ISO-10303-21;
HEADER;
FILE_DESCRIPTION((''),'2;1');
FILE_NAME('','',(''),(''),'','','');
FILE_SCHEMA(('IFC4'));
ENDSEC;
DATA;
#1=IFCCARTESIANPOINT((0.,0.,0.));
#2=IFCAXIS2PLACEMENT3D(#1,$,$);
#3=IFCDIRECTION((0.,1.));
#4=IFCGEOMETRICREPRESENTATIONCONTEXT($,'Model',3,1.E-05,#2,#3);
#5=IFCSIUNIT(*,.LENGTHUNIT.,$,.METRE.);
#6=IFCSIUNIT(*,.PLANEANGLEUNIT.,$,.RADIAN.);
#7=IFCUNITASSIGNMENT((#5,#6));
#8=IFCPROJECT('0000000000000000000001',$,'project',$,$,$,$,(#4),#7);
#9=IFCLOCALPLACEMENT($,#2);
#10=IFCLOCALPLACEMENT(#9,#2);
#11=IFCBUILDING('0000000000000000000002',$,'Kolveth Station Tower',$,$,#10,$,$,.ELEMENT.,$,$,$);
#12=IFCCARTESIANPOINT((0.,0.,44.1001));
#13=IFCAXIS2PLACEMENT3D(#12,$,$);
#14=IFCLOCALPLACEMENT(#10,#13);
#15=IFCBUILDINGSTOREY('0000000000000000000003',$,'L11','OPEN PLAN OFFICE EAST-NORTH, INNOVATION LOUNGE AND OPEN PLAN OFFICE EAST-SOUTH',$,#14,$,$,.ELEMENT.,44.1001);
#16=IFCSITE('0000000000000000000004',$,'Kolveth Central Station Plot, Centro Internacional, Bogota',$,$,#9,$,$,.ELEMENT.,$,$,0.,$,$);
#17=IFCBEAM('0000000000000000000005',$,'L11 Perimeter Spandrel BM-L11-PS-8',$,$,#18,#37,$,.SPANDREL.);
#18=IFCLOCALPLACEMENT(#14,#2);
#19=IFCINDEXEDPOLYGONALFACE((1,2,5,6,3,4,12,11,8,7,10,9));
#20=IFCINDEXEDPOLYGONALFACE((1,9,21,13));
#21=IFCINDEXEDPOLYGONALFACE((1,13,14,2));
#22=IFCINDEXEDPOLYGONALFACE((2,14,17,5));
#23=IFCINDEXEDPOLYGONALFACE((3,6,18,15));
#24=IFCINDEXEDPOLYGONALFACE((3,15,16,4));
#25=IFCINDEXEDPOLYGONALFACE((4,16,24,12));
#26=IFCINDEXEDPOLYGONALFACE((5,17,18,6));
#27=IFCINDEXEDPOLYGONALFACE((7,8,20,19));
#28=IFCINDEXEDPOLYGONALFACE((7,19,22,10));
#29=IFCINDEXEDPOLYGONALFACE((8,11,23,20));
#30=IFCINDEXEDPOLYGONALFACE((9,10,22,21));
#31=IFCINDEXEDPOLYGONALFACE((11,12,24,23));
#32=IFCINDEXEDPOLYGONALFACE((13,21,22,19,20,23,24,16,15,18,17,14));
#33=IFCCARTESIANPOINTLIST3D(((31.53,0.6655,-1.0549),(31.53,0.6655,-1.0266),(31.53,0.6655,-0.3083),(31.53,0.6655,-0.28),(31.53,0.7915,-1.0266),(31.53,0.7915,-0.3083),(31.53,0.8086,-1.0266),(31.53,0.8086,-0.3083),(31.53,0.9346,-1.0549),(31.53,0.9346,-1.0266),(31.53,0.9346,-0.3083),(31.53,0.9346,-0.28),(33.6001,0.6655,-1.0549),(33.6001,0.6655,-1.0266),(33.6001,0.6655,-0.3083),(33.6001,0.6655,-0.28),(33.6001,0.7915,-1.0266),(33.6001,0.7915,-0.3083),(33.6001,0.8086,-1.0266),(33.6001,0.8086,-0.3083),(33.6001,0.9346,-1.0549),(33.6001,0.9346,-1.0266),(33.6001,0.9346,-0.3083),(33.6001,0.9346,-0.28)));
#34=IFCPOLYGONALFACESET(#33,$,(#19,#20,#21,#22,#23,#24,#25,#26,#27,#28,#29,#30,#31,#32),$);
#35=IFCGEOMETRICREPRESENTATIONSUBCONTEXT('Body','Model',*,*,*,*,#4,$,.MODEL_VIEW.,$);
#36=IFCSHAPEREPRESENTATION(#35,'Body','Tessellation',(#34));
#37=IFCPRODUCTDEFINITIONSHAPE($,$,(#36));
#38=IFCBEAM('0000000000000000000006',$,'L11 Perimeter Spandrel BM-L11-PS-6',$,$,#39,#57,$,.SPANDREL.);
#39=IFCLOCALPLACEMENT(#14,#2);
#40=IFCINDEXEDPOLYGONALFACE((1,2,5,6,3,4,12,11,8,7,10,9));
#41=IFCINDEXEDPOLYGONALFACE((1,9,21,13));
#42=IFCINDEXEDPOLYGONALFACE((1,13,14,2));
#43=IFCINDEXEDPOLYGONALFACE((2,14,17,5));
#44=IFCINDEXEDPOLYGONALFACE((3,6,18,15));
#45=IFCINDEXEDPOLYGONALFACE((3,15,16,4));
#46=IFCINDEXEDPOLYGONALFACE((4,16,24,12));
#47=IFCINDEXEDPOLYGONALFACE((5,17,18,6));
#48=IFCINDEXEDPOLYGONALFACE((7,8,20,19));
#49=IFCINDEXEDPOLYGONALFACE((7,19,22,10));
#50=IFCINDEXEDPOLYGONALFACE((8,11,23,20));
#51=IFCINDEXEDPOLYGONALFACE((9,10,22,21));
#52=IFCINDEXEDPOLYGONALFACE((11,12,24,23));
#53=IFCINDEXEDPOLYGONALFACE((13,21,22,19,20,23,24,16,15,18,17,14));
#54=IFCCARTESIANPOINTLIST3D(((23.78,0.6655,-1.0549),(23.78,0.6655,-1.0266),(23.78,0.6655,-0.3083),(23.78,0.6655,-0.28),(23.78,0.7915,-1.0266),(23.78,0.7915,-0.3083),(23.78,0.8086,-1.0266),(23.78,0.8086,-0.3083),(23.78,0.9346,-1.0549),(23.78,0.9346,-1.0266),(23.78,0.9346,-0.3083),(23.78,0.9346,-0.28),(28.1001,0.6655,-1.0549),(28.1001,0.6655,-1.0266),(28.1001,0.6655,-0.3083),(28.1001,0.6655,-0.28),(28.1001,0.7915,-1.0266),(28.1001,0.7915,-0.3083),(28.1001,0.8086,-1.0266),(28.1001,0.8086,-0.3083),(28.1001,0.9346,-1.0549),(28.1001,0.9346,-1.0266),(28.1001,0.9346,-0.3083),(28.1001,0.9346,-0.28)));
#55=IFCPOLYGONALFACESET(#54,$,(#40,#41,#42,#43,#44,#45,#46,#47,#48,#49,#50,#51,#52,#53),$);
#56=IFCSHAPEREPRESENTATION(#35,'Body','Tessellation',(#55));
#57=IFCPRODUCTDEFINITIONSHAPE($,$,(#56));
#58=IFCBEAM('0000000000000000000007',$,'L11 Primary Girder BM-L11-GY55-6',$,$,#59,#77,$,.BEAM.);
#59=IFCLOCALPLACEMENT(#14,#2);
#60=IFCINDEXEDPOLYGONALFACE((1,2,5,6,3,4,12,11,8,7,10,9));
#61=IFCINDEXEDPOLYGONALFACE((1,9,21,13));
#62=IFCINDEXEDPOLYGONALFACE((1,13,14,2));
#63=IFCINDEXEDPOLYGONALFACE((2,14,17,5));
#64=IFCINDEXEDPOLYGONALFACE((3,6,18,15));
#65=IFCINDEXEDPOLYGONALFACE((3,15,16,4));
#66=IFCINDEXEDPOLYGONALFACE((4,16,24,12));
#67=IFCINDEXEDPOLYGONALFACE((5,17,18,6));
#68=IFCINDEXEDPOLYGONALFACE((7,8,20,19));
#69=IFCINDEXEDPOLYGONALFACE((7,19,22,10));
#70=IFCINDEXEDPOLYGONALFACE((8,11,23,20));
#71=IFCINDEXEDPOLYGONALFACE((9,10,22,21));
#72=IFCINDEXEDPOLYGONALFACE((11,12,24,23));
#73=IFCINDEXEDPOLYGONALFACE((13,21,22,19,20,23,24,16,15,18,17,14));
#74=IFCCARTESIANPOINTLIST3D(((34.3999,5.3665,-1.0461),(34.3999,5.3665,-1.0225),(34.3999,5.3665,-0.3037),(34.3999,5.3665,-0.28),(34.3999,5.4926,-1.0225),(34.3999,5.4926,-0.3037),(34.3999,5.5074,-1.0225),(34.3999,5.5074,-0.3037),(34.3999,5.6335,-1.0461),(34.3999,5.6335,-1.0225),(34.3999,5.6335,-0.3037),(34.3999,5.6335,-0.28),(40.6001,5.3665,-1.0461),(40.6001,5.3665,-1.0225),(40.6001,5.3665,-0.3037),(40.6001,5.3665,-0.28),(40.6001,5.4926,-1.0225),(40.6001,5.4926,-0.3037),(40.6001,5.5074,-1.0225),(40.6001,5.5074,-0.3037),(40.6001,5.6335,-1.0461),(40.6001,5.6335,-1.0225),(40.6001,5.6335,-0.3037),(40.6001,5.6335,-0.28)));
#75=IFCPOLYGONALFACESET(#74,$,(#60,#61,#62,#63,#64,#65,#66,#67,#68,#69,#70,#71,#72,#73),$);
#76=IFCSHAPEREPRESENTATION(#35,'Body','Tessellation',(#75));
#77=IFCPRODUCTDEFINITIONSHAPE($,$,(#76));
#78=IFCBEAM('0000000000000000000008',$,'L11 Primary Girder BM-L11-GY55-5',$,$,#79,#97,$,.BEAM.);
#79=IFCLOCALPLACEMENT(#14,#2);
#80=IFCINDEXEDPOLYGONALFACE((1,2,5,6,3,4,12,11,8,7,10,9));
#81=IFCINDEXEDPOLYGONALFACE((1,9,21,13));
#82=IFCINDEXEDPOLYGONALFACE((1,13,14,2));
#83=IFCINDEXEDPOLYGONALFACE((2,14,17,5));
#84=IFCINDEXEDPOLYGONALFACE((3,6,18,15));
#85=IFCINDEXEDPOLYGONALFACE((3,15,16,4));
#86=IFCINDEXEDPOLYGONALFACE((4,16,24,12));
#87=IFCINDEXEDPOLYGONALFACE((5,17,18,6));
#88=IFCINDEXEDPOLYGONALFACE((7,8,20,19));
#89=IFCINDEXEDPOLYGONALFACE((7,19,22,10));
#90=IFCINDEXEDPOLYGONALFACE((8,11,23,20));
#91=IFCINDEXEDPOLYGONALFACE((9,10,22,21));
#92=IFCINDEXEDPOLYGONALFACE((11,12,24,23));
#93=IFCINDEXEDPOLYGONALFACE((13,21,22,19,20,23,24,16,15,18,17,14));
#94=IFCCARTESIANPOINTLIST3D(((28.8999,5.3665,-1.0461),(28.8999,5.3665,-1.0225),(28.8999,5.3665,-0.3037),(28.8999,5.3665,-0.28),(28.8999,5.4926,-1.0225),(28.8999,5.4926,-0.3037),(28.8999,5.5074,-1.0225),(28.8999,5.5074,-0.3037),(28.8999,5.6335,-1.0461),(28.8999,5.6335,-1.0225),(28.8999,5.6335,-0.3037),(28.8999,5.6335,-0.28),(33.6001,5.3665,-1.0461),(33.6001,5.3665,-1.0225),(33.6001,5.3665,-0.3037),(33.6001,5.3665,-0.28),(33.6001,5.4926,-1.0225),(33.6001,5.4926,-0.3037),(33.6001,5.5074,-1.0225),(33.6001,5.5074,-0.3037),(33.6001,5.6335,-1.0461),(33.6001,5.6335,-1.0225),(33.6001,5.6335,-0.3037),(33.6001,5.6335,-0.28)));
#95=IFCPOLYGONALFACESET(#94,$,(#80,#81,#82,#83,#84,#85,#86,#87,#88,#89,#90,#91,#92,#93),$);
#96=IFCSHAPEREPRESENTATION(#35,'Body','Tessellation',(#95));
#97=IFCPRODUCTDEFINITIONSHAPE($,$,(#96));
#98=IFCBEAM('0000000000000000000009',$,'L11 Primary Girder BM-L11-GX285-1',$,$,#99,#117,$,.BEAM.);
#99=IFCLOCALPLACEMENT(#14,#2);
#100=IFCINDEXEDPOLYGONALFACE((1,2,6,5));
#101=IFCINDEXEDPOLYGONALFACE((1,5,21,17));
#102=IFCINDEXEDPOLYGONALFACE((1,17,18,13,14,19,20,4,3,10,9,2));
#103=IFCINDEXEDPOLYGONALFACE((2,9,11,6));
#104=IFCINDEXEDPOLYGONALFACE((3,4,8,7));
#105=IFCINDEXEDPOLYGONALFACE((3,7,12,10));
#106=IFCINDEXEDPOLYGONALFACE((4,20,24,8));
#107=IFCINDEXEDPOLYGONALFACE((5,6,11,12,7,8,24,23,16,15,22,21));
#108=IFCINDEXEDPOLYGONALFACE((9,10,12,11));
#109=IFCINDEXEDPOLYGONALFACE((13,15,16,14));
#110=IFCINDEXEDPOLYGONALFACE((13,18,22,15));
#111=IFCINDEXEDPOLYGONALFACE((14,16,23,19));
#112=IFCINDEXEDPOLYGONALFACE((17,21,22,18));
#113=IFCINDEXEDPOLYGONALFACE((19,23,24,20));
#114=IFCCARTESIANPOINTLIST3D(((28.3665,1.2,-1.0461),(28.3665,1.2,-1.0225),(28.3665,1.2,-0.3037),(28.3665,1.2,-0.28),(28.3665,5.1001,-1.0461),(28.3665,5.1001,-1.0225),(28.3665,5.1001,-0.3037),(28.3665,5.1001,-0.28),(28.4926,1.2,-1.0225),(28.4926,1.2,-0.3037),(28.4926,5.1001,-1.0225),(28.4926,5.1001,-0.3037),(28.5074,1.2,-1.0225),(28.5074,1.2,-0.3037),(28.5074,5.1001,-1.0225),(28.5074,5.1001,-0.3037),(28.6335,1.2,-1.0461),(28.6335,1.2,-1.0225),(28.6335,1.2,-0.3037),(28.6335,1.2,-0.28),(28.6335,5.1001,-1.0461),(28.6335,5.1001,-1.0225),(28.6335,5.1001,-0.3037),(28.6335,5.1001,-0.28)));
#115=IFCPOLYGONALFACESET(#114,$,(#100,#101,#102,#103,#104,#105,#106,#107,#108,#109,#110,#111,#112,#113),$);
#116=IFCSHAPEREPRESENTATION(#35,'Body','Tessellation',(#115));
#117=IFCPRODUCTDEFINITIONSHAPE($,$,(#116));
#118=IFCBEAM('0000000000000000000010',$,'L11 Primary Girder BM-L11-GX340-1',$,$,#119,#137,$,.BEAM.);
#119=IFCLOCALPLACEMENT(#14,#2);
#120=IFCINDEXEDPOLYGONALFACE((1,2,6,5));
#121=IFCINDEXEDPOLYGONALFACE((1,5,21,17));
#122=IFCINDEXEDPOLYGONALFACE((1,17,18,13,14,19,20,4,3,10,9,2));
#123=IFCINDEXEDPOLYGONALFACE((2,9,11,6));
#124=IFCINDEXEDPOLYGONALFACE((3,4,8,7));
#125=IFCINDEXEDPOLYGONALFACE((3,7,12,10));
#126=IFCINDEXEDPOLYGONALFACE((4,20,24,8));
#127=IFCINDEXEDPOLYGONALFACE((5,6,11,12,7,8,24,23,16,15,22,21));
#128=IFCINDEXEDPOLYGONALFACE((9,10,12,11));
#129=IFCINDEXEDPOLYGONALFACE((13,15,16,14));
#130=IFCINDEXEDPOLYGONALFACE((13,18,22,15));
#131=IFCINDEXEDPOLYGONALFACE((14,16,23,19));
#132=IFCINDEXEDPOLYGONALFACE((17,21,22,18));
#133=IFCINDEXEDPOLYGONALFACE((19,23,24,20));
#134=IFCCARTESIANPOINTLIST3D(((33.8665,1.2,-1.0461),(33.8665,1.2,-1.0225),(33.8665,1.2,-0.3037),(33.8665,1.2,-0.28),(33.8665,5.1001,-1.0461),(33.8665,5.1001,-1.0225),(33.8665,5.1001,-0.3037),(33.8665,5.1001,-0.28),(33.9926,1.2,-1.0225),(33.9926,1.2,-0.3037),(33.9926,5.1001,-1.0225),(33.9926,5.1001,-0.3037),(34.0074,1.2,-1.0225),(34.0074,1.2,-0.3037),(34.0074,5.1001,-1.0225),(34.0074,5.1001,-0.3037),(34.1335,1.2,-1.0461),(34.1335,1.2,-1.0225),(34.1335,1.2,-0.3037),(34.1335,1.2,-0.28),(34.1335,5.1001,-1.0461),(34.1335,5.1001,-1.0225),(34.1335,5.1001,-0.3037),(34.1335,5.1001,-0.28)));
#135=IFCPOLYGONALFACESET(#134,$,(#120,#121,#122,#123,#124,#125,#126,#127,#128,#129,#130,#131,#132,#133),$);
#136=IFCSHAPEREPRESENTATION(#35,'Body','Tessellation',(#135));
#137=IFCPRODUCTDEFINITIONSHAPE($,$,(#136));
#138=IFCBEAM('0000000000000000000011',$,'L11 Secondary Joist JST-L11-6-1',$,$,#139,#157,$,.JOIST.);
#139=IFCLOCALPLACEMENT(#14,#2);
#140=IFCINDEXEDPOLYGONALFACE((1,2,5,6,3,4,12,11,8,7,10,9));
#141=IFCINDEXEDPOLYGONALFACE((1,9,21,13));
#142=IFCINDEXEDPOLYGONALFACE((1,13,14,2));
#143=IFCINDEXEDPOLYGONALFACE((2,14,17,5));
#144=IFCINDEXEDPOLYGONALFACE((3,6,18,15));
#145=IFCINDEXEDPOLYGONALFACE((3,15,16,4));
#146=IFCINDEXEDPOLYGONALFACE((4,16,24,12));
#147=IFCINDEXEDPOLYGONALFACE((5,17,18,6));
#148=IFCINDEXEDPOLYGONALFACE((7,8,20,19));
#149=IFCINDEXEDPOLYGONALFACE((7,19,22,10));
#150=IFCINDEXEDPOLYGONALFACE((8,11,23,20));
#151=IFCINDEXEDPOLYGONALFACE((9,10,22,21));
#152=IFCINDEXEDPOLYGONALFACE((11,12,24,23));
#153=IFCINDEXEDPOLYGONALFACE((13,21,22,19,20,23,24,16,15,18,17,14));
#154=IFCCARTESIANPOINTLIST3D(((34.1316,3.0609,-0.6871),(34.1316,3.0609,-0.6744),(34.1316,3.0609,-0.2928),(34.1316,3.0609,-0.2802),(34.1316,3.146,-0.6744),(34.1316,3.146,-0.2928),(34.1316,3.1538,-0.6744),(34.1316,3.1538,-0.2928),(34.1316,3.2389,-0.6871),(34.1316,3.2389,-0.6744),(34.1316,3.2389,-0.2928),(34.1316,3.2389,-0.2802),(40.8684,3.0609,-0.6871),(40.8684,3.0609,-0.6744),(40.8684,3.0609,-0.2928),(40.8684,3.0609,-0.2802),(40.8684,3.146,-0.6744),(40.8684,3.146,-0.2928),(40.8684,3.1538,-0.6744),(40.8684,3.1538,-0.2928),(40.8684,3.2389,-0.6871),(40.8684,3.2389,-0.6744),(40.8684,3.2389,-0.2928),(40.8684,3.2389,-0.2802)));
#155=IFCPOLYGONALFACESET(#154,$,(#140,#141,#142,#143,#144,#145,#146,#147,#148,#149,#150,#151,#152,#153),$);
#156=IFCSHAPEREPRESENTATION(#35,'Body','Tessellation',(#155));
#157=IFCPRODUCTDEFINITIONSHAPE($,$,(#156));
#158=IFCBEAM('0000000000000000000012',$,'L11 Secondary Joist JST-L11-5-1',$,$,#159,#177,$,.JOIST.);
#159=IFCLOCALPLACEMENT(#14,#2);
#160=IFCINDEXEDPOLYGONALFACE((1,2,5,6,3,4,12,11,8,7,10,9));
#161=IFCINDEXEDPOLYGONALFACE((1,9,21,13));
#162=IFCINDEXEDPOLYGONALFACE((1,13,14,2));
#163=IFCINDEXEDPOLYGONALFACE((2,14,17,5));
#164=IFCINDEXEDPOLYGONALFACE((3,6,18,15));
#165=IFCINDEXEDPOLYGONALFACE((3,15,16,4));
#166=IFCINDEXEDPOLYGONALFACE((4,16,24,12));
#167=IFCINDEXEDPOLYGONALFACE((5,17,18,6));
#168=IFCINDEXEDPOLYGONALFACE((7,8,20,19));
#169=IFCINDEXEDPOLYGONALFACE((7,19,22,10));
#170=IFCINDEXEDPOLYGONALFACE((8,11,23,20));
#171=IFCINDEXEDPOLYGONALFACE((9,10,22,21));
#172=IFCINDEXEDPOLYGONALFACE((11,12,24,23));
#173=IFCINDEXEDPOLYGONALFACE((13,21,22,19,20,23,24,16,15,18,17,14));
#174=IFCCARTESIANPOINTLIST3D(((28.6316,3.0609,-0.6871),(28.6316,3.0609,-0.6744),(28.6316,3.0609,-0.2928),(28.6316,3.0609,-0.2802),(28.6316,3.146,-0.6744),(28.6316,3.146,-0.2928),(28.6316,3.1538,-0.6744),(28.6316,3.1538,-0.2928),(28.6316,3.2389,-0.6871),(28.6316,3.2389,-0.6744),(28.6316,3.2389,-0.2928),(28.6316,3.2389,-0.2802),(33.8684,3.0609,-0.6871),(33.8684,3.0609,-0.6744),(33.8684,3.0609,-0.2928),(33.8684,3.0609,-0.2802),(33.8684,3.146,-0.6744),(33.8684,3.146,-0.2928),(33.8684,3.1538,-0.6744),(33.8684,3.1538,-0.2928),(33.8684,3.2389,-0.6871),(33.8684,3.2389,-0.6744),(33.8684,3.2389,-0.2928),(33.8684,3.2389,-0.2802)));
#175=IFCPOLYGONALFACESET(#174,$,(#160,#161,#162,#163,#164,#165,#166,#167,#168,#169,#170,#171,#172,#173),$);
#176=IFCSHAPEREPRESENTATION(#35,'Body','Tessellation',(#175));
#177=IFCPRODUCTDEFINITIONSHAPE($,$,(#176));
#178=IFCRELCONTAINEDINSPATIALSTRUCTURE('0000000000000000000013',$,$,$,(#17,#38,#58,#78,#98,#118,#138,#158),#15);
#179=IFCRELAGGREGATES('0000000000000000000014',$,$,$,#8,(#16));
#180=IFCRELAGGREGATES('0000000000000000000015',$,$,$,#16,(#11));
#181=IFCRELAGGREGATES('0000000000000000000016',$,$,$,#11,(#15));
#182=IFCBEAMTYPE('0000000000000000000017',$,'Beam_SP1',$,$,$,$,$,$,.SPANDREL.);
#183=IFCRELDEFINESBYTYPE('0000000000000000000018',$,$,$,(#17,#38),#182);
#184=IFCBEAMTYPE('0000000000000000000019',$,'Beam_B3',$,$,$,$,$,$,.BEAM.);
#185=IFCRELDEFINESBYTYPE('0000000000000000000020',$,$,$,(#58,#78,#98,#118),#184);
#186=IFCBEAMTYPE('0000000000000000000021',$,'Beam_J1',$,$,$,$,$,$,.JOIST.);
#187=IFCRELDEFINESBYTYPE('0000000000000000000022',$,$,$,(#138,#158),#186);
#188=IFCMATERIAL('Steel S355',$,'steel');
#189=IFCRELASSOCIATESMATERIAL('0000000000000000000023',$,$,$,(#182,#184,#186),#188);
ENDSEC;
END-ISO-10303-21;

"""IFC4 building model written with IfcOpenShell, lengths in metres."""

from ifc_helpers import new_model, si_unit, direction, frame, origin, origin_2d, place, context, subcontext, project, spatial, i_section, extrude, source, transform, mapped, material, material_profile, profile_set, type_object, element, save


model = new_model("IFC4")

# Units and contexts
model_context = context("Model", 3, precision=1e-05, world=origin(), true_north=direction((0.0, 1.0)))
body_context = subcontext(model_context, "Body", "Model", "MODEL_VIEW")
ifc_project = project(units=[si_unit("LENGTHUNIT", "METRE"), si_unit("PLANEANGLEUNIT", "RADIAN")], contexts=[model_context])

# Site, building, storey
site_placement = place(None, origin())
site = spatial("IfcSite", under=ifc_project, at=site_placement, Name="Kolveth Central Station Plot, Centro Internacional, Bogota", CompositionType="ELEMENT", RefElevation=0.0)
building_placement = place(site_placement, origin())
building = spatial("IfcBuilding", under=site, at=building_placement, Name="Kolveth Station Tower", CompositionType="ELEMENT")
storey_placement = place(building_placement, frame((0.0, 0.0, 44.1001)))
storey = spatial("IfcBuildingStorey", under=building, at=storey_placement, Name="L11", Description="OPEN PLAN OFFICE EAST-NORTH, INNOVATION LOUNGE AND OPEN PLAN OFFICE EAST-SOUTH", CompositionType="ELEMENT", Elevation=44.1001)

# Shared definitions
ifc_material_1 = material(Name="Steel S355", Category="steel")

# Beams
ifc_material_profile_1 = material_profile(ifc_material_1, i_section(OverallWidth=0.269, OverallDepth=0.7749, WebThickness=0.0171, FlangeThickness=0.0283, at=origin_2d()), Name="W760x220")
ifc_profile_set_1 = profile_set([ifc_material_profile_1], Name="Steel S355")
beam_type_1 = type_object("IfcBeamType", Name="Beam_SP1", PredefinedType="SPANDREL", material=ifc_profile_set_1)
shared_shape_1 = source(origin(), body_context, "Body", "SweptSolid", [
    extrude(i_section(OverallWidth=0.269, OverallDepth=0.7749, WebThickness=0.0171, FlangeThickness=0.0283, at=origin_2d()), origin(), (0.0, 0.0, 1.0), 2.0701),
])
for number, where, z_axis, x_axis, name in (
    (1, (31.53, 0.8, -0.6675), (1.0, 0.0, 0.0), (0.0, 1.0, 0.0), "L11 Perimeter Spandrel BM-L11-PS-8"),
):
    element("IfcBeam", number, at=place(storey_placement, frame(where, z_axis=z_axis, x_axis=x_axis)), inside=storey, type_object=beam_type_1, Name=name, PredefinedType="SPANDREL", context=body_context, shape_type="MappedRepresentation", body=[
        mapped(shared_shape_1, transform((0.0, 0.0, 0.0), x_axis=(1.0, 0.0, 0.0), y_axis=(0.0, 1.0, 0.0), z_axis=(0.0, 0.0, 1.0), scale=1.0)),
    ])
shared_shape_2 = source(origin(), body_context, "Body", "SweptSolid", [
    extrude(i_section(OverallWidth=0.269, OverallDepth=0.7749, WebThickness=0.0171, FlangeThickness=0.0283, at=origin_2d()), origin(), (0.0, 0.0, 1.0), 4.3201),
])
beam_1_placement = place(storey_placement, frame((23.78, 0.8, -0.6675), z_axis=(1.0, 0.0, 0.0), x_axis=(0.0, 1.0, 0.0)))
element("IfcBeam", 2, at=beam_1_placement, inside=storey, type_object=beam_type_1, Name="L11 Perimeter Spandrel BM-L11-PS-6", PredefinedType="SPANDREL", context=body_context, shape_type="MappedRepresentation", body=[
    mapped(shared_shape_2, transform((0.0, 0.0, 0.0), x_axis=(1.0, 0.0, 0.0), y_axis=(0.0, 1.0, 0.0), z_axis=(0.0, 0.0, 1.0), scale=1.0)),
])
ifc_material_profile_2 = material_profile(ifc_material_1, i_section(OverallWidth=0.2671, OverallDepth=0.7661, WebThickness=0.0149, FlangeThickness=0.0237, at=origin_2d()), Name="W760x185")
ifc_profile_set_2 = profile_set([ifc_material_profile_2], Name="Steel S355")
beam_type_2 = type_object("IfcBeamType", Name="Beam_B3", PredefinedType="BEAM", material=ifc_profile_set_2)
shared_shape_3 = source(origin(), body_context, "Body", "SweptSolid", [
    extrude(i_section(OverallWidth=0.2671, OverallDepth=0.7661, WebThickness=0.0149, FlangeThickness=0.0237, at=origin_2d()), origin(), (0.0, 0.0, 1.0), 6.2002),
])
beam_2_placement = place(storey_placement, frame((34.3999, 5.5, -0.6631), z_axis=(1.0, 0.0, 0.0), x_axis=(0.0, 1.0, 0.0)))
element("IfcBeam", 3, at=beam_2_placement, inside=storey, type_object=beam_type_2, Name="L11 Primary Girder BM-L11-GY55-6", PredefinedType="BEAM", context=body_context, shape_type="MappedRepresentation", body=[
    mapped(shared_shape_3, transform((0.0, 0.0, 0.0), x_axis=(1.0, 0.0, 0.0), y_axis=(0.0, 1.0, 0.0), z_axis=(0.0, 0.0, 1.0), scale=1.0)),
])
shared_shape_4 = source(origin(), body_context, "Body", "SweptSolid", [
    extrude(i_section(OverallWidth=0.2671, OverallDepth=0.7661, WebThickness=0.0149, FlangeThickness=0.0237, at=origin_2d()), origin(), (0.0, 0.0, 1.0), 4.7002),
])
beam_3_placement = place(storey_placement, frame((28.8999, 5.5, -0.6631), z_axis=(1.0, 0.0, 0.0), x_axis=(0.0, 1.0, 0.0)))
element("IfcBeam", 4, at=beam_3_placement, inside=storey, type_object=beam_type_2, Name="L11 Primary Girder BM-L11-GY55-5", PredefinedType="BEAM", context=body_context, shape_type="MappedRepresentation", body=[
    mapped(shared_shape_4, transform((0.0, 0.0, 0.0), x_axis=(1.0, 0.0, 0.0), y_axis=(0.0, 1.0, 0.0), z_axis=(0.0, 0.0, 1.0), scale=1.0)),
])
shared_shape_5 = source(origin(), body_context, "Body", "SweptSolid", [
    extrude(i_section(OverallWidth=0.2671, OverallDepth=0.7661, WebThickness=0.0149, FlangeThickness=0.0237, at=origin_2d()), origin(), (0.0, 0.0, 1.0), 3.9001),
])
for number, where, z_axis, x_axis, name in (
    (5, (28.5, 1.2, -0.6631), (0.0, 1.0, 0.0), (-1.0, 0.0, 0.0), "L11 Primary Girder BM-L11-GX285-1"),
    (6, (34.0, 1.2, -0.6631), (0.0, 1.0, 0.0), (-1.0, 0.0, 0.0), "L11 Primary Girder BM-L11-GX340-1"),
):
    element("IfcBeam", number, at=place(storey_placement, frame(where, z_axis=z_axis, x_axis=x_axis)), inside=storey, type_object=beam_type_2, Name=name, PredefinedType="BEAM", context=body_context, shape_type="MappedRepresentation", body=[
        mapped(shared_shape_5, transform((0.0, 0.0, 0.0), x_axis=(1.0, 0.0, 0.0), y_axis=(0.0, 1.0, 0.0), z_axis=(0.0, 0.0, 1.0), scale=1.0)),
    ])
ifc_material_profile_3 = material_profile(ifc_material_1, i_section(OverallWidth=0.178, OverallDepth=0.407, WebThickness=0.0078, FlangeThickness=0.0127, at=origin_2d()), Name="W410x60")
ifc_profile_set_3 = profile_set([ifc_material_profile_3], Name="Steel S355")
beam_type_3 = type_object("IfcBeamType", Name="Beam_J1", PredefinedType="JOIST", material=ifc_profile_set_3)
shared_shape_6 = source(origin(), body_context, "Body", "SweptSolid", [
    extrude(i_section(OverallWidth=0.178, OverallDepth=0.407, WebThickness=0.0078, FlangeThickness=0.0127, at=origin_2d()), origin(), (0.0, 0.0, 1.0), 6.7368),
])
beam_4_placement = place(storey_placement, frame((34.1316, 3.1499, -0.4836), z_axis=(1.0, 0.0, 0.0), x_axis=(0.0, 1.0, 0.0)))
element("IfcBeam", 7, at=beam_4_placement, inside=storey, type_object=beam_type_3, Name="L11 Secondary Joist JST-L11-6-1", PredefinedType="JOIST", context=body_context, shape_type="MappedRepresentation", body=[
    mapped(shared_shape_6, transform((0.0, 0.0, 0.0), x_axis=(1.0, 0.0, 0.0), y_axis=(0.0, 1.0, 0.0), z_axis=(0.0, 0.0, 1.0), scale=1.0)),
])
shared_shape_7 = source(origin(), body_context, "Body", "SweptSolid", [
    extrude(i_section(OverallWidth=0.178, OverallDepth=0.407, WebThickness=0.0078, FlangeThickness=0.0127, at=origin_2d()), origin(), (0.0, 0.0, 1.0), 5.2368),
])
beam_5_placement = place(storey_placement, frame((28.6316, 3.1499, -0.4836), z_axis=(1.0, 0.0, 0.0), x_axis=(0.0, 1.0, 0.0)))
element("IfcBeam", 8, at=beam_5_placement, inside=storey, type_object=beam_type_3, Name="L11 Secondary Joist JST-L11-5-1", PredefinedType="JOIST", context=body_context, shape_type="MappedRepresentation", body=[
    mapped(shared_shape_7, transform((0.0, 0.0, 0.0), x_axis=(1.0, 0.0, 0.0), y_axis=(0.0, 1.0, 0.0), z_axis=(0.0, 0.0, 1.0), scale=1.0)),
])

save(model, "model.ifc")
